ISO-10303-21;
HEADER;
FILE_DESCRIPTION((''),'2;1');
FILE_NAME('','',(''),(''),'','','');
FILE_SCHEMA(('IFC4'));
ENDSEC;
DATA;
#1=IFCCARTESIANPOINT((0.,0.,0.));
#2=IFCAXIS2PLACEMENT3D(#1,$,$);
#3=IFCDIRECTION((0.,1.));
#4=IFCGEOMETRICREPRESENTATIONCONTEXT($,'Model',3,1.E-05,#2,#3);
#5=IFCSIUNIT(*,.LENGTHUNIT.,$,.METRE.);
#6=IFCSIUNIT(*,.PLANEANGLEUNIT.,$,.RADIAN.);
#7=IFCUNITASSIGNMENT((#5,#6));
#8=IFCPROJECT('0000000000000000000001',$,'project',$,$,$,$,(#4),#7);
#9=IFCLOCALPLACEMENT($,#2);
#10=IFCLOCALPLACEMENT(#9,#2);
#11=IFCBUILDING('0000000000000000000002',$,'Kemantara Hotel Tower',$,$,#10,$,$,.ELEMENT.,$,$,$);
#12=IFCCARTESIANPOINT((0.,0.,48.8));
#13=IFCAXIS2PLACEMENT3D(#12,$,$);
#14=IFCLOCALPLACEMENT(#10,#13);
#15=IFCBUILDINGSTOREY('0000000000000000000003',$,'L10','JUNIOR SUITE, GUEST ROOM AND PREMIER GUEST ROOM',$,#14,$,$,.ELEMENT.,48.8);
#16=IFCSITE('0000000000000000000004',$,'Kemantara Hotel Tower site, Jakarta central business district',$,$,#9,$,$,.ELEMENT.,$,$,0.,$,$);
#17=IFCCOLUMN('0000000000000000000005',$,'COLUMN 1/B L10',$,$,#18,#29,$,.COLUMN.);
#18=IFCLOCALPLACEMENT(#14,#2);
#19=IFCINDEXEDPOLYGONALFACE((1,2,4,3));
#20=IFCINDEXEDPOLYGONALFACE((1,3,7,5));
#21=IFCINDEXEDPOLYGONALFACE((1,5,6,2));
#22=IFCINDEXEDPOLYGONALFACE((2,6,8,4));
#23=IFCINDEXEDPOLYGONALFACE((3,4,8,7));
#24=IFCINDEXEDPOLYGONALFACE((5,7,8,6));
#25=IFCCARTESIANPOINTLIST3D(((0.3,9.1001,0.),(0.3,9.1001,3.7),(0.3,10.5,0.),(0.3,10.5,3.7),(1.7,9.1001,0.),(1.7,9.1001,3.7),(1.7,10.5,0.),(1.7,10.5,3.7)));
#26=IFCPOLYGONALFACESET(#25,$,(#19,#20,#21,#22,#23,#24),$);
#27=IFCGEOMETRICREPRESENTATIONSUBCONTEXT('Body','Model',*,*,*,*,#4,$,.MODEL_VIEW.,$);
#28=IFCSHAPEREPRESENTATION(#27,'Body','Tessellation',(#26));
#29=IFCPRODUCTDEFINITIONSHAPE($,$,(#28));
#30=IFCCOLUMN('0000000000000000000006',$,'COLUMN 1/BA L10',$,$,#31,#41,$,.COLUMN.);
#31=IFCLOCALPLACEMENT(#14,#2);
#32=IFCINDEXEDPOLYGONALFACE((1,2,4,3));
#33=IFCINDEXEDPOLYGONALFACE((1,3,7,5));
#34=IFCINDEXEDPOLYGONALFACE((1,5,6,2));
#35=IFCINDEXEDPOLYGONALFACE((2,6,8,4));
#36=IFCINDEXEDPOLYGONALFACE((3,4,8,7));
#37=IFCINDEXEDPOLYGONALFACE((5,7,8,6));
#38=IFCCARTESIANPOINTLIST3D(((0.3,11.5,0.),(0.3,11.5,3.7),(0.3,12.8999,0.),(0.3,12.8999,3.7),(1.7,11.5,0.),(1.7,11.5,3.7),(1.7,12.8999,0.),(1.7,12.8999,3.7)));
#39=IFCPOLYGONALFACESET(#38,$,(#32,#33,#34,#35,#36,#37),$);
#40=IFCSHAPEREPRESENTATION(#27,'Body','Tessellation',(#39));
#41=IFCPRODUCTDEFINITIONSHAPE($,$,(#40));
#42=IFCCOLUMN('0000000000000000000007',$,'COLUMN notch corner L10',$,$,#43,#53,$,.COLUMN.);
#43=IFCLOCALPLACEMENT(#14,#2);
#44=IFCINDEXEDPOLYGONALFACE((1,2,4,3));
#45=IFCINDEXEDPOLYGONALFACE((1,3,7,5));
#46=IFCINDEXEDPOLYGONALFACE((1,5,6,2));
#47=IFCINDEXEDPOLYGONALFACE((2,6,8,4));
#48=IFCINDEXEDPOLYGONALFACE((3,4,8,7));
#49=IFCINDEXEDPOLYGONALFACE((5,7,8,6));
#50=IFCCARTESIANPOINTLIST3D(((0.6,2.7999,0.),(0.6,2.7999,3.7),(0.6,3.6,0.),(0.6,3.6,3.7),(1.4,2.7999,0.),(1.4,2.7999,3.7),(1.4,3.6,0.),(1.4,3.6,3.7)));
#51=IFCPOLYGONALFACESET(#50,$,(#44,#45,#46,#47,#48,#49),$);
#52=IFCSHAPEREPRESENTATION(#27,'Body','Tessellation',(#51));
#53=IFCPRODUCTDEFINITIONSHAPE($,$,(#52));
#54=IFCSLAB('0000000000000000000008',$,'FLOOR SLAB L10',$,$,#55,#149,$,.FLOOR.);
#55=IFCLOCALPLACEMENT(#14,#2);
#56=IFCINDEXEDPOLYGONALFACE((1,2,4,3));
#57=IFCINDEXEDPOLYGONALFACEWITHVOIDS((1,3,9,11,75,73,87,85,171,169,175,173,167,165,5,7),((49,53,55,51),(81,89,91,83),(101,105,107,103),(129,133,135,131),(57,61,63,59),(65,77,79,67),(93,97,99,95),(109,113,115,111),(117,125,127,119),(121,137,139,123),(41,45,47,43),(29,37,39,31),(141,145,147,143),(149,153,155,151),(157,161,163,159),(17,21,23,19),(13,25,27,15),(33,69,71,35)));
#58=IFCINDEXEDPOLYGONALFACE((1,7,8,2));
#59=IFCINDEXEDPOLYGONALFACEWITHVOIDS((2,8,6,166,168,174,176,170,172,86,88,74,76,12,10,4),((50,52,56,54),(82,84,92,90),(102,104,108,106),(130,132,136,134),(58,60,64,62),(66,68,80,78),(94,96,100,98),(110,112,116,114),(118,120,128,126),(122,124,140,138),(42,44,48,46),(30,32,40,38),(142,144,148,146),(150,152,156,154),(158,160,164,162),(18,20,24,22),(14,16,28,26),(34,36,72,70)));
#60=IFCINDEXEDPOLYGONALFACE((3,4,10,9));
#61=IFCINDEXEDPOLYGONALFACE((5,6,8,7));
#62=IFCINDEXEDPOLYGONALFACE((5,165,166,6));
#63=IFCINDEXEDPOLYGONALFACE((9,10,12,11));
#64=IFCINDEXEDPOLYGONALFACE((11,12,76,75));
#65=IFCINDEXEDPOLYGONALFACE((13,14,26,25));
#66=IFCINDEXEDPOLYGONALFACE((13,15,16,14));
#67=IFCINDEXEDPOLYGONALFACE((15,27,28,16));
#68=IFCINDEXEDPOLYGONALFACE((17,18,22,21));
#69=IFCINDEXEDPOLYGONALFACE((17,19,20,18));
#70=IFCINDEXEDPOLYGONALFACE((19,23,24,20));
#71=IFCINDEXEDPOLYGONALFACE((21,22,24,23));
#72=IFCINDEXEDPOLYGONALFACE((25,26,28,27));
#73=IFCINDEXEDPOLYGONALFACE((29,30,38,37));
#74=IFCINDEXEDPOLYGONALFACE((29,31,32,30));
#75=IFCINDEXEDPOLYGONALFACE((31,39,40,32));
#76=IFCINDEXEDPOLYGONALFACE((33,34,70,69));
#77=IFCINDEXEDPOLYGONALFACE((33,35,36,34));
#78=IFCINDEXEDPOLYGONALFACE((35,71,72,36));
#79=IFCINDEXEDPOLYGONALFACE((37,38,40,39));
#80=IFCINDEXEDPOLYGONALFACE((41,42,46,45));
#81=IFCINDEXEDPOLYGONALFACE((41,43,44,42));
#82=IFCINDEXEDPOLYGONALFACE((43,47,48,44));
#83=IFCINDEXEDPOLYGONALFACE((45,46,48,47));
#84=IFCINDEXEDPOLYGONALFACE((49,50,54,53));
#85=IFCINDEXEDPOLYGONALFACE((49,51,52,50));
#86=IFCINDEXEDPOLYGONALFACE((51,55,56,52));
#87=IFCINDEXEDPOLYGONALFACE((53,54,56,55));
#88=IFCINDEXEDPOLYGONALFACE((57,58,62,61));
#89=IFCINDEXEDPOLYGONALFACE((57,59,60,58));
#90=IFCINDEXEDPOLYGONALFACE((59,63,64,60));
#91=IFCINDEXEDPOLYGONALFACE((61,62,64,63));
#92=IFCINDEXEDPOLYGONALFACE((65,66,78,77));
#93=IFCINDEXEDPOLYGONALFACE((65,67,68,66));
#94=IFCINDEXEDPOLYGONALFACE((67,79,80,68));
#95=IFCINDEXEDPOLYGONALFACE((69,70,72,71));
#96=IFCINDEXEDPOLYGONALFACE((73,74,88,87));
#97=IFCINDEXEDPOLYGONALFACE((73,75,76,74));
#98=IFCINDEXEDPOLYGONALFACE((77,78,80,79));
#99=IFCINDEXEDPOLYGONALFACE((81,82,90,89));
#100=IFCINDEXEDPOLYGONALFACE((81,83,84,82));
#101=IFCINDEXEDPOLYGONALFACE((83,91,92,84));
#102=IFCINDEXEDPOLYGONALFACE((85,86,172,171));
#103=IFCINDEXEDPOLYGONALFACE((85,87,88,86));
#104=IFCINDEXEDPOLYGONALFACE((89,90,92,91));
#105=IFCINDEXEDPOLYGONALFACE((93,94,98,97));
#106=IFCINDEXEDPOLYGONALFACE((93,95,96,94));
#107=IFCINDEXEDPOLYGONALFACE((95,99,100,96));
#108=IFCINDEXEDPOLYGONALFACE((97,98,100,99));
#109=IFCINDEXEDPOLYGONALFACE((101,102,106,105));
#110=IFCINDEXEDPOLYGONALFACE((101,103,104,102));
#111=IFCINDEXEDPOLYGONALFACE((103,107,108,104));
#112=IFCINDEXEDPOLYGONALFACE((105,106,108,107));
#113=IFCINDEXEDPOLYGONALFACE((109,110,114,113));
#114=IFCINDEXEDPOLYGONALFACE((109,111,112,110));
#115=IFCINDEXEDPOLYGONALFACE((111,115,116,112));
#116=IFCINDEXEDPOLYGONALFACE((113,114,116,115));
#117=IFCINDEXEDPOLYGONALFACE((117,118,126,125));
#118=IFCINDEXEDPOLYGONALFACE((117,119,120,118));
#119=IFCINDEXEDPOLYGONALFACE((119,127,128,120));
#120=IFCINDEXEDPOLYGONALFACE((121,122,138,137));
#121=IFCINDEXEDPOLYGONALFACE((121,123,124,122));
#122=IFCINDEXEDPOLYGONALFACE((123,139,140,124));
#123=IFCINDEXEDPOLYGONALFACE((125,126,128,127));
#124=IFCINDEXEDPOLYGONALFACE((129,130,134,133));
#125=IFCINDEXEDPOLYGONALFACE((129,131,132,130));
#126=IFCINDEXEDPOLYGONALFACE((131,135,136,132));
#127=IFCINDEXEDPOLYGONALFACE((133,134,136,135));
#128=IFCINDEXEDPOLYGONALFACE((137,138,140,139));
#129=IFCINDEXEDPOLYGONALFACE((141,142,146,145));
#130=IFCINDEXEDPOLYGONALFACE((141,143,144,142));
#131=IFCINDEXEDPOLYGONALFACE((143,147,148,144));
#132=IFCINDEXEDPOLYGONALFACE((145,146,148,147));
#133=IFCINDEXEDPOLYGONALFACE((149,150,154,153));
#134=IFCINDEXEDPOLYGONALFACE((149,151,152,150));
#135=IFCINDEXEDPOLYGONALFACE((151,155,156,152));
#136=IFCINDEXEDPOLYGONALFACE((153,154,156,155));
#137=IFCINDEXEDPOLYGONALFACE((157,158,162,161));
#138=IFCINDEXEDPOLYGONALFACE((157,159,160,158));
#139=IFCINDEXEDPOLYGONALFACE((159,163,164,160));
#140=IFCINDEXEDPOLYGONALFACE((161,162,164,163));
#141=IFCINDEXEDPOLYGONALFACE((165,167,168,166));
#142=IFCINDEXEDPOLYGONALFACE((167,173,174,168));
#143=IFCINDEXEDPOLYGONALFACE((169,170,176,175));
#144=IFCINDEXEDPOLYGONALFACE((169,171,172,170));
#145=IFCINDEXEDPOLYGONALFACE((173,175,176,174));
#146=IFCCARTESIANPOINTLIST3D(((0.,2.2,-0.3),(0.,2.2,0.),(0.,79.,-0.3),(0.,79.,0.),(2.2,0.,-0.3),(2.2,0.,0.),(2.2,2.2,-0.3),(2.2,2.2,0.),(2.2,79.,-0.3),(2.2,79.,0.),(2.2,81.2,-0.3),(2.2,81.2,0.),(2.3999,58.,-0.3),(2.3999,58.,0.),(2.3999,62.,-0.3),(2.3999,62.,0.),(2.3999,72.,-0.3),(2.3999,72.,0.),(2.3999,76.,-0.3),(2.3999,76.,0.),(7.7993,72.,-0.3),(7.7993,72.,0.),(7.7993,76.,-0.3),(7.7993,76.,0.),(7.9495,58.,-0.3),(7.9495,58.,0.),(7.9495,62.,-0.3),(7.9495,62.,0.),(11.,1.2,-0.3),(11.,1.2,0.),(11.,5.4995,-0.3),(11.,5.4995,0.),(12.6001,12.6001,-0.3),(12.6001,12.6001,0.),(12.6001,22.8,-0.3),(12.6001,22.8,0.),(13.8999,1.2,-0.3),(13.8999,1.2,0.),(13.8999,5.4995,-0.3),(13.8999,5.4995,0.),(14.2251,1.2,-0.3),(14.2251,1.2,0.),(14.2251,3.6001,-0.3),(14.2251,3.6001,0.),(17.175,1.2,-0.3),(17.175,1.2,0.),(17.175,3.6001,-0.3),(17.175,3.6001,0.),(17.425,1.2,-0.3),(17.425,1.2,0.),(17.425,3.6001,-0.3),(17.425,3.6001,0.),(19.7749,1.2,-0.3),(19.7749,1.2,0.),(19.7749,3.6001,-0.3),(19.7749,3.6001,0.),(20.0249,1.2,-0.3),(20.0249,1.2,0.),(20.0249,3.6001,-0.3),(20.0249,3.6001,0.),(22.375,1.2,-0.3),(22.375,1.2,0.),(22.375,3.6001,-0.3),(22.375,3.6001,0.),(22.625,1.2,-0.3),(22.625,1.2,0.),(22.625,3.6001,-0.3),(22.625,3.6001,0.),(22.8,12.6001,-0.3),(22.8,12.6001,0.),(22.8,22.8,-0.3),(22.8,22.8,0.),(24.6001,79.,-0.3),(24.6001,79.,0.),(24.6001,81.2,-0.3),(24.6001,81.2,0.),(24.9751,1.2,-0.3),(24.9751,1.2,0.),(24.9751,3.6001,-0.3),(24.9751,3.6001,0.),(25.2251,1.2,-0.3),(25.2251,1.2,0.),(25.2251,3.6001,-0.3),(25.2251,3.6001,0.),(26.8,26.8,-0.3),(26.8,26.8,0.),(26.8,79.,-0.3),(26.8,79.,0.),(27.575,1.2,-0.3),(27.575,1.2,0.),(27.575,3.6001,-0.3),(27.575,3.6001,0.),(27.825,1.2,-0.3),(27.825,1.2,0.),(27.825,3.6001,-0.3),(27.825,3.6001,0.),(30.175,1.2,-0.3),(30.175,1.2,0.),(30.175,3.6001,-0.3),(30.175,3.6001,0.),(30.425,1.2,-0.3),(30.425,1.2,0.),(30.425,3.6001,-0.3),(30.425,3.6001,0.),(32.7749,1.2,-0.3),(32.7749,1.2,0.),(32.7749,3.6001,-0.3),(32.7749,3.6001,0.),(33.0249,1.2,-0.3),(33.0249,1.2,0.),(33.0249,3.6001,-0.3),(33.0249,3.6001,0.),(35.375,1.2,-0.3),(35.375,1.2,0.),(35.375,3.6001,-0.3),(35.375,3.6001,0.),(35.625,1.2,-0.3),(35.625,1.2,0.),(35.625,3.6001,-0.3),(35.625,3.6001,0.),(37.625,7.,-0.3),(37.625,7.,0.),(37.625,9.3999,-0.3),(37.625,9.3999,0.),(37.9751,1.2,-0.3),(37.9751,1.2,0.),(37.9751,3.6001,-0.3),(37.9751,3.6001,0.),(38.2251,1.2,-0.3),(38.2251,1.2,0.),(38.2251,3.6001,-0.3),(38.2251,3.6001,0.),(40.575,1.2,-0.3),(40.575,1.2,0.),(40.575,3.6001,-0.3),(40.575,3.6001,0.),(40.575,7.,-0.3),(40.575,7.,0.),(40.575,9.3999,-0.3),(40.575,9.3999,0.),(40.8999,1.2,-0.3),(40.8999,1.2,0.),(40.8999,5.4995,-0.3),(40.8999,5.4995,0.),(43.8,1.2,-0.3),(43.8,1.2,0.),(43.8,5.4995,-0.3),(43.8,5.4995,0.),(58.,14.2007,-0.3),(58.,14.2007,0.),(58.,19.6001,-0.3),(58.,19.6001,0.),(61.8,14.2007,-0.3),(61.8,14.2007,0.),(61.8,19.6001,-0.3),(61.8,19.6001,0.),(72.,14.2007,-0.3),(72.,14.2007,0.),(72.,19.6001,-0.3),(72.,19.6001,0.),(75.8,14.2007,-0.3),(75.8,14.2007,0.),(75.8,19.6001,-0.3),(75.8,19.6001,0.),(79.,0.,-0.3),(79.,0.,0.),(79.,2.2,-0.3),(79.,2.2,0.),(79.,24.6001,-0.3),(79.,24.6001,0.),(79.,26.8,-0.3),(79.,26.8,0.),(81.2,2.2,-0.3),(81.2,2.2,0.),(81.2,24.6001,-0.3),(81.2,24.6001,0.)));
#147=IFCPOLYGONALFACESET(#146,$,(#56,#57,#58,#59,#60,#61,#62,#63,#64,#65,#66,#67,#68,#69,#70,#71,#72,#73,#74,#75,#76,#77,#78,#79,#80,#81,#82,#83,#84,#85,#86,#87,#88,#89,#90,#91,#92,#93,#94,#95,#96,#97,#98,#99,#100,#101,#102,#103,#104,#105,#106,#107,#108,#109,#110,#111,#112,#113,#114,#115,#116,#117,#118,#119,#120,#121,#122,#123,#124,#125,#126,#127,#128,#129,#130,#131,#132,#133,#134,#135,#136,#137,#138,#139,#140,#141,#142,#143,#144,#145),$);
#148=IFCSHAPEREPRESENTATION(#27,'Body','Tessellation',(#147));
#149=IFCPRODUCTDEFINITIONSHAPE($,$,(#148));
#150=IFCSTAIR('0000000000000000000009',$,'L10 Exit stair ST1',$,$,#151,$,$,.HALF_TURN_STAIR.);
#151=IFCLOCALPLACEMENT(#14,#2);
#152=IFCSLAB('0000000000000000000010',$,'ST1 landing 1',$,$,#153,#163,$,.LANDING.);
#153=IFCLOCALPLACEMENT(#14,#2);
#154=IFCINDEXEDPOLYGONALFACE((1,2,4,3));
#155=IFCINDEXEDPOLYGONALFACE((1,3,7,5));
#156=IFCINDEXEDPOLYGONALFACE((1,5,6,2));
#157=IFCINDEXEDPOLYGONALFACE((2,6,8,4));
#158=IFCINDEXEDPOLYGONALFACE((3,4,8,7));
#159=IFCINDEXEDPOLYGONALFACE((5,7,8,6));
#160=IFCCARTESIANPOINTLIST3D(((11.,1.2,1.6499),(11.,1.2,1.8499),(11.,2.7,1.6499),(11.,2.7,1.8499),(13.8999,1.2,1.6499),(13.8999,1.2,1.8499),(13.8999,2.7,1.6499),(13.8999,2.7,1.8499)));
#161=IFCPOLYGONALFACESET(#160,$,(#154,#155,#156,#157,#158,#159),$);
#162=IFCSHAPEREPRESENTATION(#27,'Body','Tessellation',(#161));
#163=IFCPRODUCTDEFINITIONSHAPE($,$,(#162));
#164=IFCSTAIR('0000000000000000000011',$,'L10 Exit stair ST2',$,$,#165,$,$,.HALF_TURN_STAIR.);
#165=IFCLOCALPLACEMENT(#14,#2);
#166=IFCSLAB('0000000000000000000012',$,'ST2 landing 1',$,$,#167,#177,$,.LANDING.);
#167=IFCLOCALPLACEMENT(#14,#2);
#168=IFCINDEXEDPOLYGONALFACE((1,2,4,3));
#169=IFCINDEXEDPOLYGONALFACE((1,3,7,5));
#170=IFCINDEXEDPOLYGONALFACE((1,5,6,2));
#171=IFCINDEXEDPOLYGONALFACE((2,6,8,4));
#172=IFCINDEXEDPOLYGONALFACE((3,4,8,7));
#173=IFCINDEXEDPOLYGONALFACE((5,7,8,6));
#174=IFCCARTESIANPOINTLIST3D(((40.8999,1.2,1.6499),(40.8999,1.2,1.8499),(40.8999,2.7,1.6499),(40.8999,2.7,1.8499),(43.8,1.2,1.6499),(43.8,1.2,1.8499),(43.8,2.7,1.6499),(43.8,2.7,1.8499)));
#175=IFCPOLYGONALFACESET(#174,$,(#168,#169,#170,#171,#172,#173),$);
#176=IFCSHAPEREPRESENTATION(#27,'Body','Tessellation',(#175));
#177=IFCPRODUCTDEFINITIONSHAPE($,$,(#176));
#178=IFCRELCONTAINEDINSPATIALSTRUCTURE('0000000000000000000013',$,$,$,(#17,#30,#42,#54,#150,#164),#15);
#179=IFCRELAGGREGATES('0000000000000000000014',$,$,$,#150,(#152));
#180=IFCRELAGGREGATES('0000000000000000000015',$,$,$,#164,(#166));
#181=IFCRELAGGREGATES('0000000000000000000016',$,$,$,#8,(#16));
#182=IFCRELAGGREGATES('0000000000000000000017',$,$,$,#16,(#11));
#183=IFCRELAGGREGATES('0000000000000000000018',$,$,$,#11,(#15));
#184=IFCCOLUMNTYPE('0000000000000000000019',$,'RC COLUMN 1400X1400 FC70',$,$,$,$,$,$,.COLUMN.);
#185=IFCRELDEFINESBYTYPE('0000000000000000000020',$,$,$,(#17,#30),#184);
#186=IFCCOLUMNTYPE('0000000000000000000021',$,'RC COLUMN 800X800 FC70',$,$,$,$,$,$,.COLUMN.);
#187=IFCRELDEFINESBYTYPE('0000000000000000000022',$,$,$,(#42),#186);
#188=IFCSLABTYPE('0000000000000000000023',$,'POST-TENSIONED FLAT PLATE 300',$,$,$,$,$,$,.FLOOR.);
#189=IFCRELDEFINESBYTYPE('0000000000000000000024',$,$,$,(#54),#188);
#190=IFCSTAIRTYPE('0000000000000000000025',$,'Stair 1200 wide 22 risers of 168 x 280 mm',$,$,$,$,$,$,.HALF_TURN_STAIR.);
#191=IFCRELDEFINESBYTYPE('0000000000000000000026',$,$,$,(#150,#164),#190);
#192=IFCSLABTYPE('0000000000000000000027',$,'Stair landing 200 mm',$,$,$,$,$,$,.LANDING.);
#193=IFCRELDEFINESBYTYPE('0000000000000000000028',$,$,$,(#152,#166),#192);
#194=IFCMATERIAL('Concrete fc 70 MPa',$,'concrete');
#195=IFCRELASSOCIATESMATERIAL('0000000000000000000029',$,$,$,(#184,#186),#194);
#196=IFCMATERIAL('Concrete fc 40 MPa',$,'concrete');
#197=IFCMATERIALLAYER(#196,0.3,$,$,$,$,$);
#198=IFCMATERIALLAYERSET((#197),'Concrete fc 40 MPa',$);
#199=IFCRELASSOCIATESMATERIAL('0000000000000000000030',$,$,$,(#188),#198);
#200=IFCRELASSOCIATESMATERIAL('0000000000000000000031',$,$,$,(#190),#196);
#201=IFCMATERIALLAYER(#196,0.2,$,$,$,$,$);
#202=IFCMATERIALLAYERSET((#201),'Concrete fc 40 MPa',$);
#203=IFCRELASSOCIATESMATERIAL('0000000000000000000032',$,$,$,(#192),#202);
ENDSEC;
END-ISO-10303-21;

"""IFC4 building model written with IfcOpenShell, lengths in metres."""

from ifc_helpers import new_model, si_unit, direction, frame, origin, origin_2d, place, context, subcontext, project, spatial, polyline, rectangle, outline, extrude, material, layer, layer_set, material_profile, profile_set, type_object, element, aggregate, save


model = new_model("IFC4")

# Units and contexts
model_context = context("Model", 3, precision=1e-05, world=origin(), true_north=direction((0.0, 1.0)))
body_context = subcontext(model_context, "Body", "Model", "MODEL_VIEW")
ifc_project = project(units=[si_unit("LENGTHUNIT", "METRE"), si_unit("PLANEANGLEUNIT", "RADIAN")], contexts=[model_context])

# Site, building, storey
site_placement = place(None, origin())
site = spatial("IfcSite", under=ifc_project, at=site_placement, Name="Kemantara Hotel Tower site, Jakarta central business district", CompositionType="ELEMENT", RefElevation=0.0)
building_placement = place(site_placement, origin())
building = spatial("IfcBuilding", under=site, at=building_placement, Name="Kemantara Hotel Tower", CompositionType="ELEMENT")
storey_placement = place(building_placement, frame((0.0, 0.0, 48.8)))
storey = spatial("IfcBuildingStorey", under=building, at=storey_placement, Name="L10", Description="JUNIOR SUITE, GUEST ROOM AND PREMIER GUEST ROOM", CompositionType="ELEMENT", Elevation=48.8)

# Columns
ifc_material_1 = material(Name="Concrete fc 70 MPa", Category="concrete")
ifc_material_profile_1 = material_profile(ifc_material_1, rectangle(XDim=1.3999, YDim=1.3999, at=origin_2d()), Name="RC 1400X1400")
ifc_profile_set_1 = profile_set([ifc_material_profile_1], Name="Concrete fc 70 MPa")
column_type_1 = type_object("IfcColumnType", Name="RC COLUMN 1400X1400 FC70", PredefinedType="COLUMN", material=ifc_profile_set_1)
for number, where, z_axis, x_axis, name in (
    (1, (1.0, 9.8, 0.0), (0.0, 0.0, 1.0), (1.0, 0.0, 0.0), "COLUMN 1/B L10"),
    (2, (1.0, 12.2, 0.0), (0.0, 0.0, 1.0), (1.0, 0.0, 0.0), "COLUMN 1/BA L10"),
):
    element("IfcColumn", number, at=place(storey_placement, frame(where, z_axis=z_axis, x_axis=x_axis)), inside=storey, type_object=column_type_1, Name=name, PredefinedType="COLUMN", context=body_context, shape_type="SweptSolid", body=[
        extrude(rectangle(XDim=1.3999, YDim=1.3999, at=origin_2d()), origin(), (0.0, 0.0, 1.0), 3.7),
    ])
ifc_material_profile_2 = material_profile(ifc_material_1, rectangle(XDim=0.8, YDim=0.8, at=origin_2d()), Name="RC 800X800")
ifc_profile_set_2 = profile_set([ifc_material_profile_2], Name="Concrete fc 70 MPa")
column_type_2 = type_object("IfcColumnType", Name="RC COLUMN 800X800 FC70", PredefinedType="COLUMN", material=ifc_profile_set_2)
column_placement = place(storey_placement, frame((1.0, 3.2, 0.0), z_axis=(0.0, 0.0, 1.0), x_axis=(1.0, 0.0, 0.0)))
element("IfcColumn", 3, at=column_placement, inside=storey, type_object=column_type_2, Name="COLUMN notch corner L10", PredefinedType="COLUMN", context=body_context, shape_type="SweptSolid", body=[
    extrude(rectangle(XDim=0.8, YDim=0.8, at=origin_2d()), origin(), (0.0, 0.0, 1.0), 3.7),
])

# Slab
ifc_material_2 = material(Name="Concrete fc 40 MPa", Category="concrete")
ifc_layer_1 = layer(ifc_material_2, 0.3)
ifc_layer_set_1 = layer_set([ifc_layer_1], Name="Concrete fc 40 MPa")
slab_type_1 = type_object("IfcSlabType", Name="POST-TENSIONED FLAT PLATE 300", PredefinedType="FLOOR", material=ifc_layer_set_1)
slab_1_placement = place(storey_placement, frame((0.0, 0.0, -0.3)))
element("IfcSlab", 4, at=slab_1_placement, inside=storey, type_object=slab_type_1, Name="FLOOR SLAB L10", PredefinedType="FLOOR", context=body_context, shape_type="SweptSolid", body=[
    extrude(outline(polyline([(0.0, 2.2), (2.2, 2.2), (2.2, 0.0), (79.0, 0.0), (79.0, 2.2), (81.2, 2.2), (81.2, 24.6001), (79.0, 24.6001), (79.0, 26.8), (26.8, 26.8), (26.8, 79.0), (24.6001, 79.0), (24.6001, 81.2), (2.2, 81.2), (2.2, 79.0), (0.0, 79.0), (0.0, 2.2)]), holes=[polyline([(17.175, 1.2), (14.2251, 1.2), (14.2251, 3.6001), (17.175, 3.6001), (17.175, 1.2)]), polyline([(19.7749, 1.2), (17.425, 1.2), (17.425, 3.6001), (19.7749, 3.6001), (19.7749, 1.2)]), polyline([(22.375, 1.2), (20.0249, 1.2), (20.0249, 3.6001), (22.375, 3.6001), (22.375, 1.2)]), polyline([(24.9751, 1.2), (22.625, 1.2), (22.625, 3.6001), (24.9751, 3.6001), (24.9751, 1.2)]), polyline([(27.575, 1.2), (25.2251, 1.2), (25.2251, 3.6001), (27.575, 3.6001), (27.575, 1.2)]), polyline([(11.0, 1.2), (11.0, 5.4995), (13.8999, 5.4995), (13.8999, 1.2), (11.0, 1.2)]), polyline([(22.8, 12.6001), (12.6001, 12.6001), (12.6001, 22.8), (22.8, 22.8), (22.8, 12.6001)]), polyline([(7.9495, 62.0), (7.9495, 58.0), (2.3999, 58.0), (2.3999, 62.0), (7.9495, 62.0)]), polyline([(7.7993, 76.0), (7.7993, 72.0), (2.3999, 72.0), (2.3999, 76.0), (7.7993, 76.0)]), polyline([(30.175, 1.2), (27.825, 1.2), (27.825, 3.6001), (30.175, 3.6001), (30.175, 1.2)]), polyline([(32.7749, 1.2), (30.425, 1.2), (30.425, 3.6001), (32.7749, 3.6001), (32.7749, 1.2)]), polyline([(35.375, 1.2), (33.0249, 1.2), (33.0249, 3.6001), (35.375, 3.6001), (35.375, 1.2)]), polyline([(37.9751, 1.2), (35.625, 1.2), (35.625, 3.6001), (37.9751, 3.6001), (37.9751, 1.2)]), polyline([(40.575, 1.2), (38.2251, 1.2), (38.2251, 3.6001), (40.575, 3.6001), (40.575, 1.2)]), polyline([(40.8999, 1.2), (40.8999, 5.4995), (43.8, 5.4995), (43.8, 1.2), (40.8999, 1.2)]), polyline([(40.575, 7.0), (37.625, 7.0), (37.625, 9.3999), (40.575, 9.3999), (40.575, 7.0)]), polyline([(61.8, 14.2007), (58.0, 14.2007), (58.0, 19.6001), (61.8, 19.6001), (61.8, 14.2007)]), polyline([(75.8, 14.2007), (72.0, 14.2007), (72.0, 19.6001), (75.8, 19.6001), (75.8, 14.2007)])]), origin(), (0.0, 0.0, 1.0), 0.3),
])

# Stairs, slabs
stair_type_1 = type_object("IfcStairType", Name="Stair 1200 wide 22 risers of 168 x 280 mm", PredefinedType="HALF_TURN_STAIR", material=ifc_material_2)
stair_1_placement = place(storey_placement, origin())
stair_1 = element("IfcStair", 5, at=stair_1_placement, inside=storey, type_object=stair_type_1, Name="L10 Exit stair ST1", PredefinedType="HALF_TURN_STAIR")
ifc_layer_2 = layer(ifc_material_2, 0.2)
ifc_layer_set_2 = layer_set([ifc_layer_2], Name="Concrete fc 40 MPa")
slab_type_2 = type_object("IfcSlabType", Name="Stair landing 200 mm", PredefinedType="LANDING", material=ifc_layer_set_2)
slab_2_placement = place(storey_placement, frame((0.0, 0.0, 1.6499)))
slab_2 = element("IfcSlab", 6, at=slab_2_placement, type_object=slab_type_2, Name="ST1 landing 1", PredefinedType="LANDING", context=body_context, shape_type="SweptSolid", body=[
    extrude(outline(polyline([(11.0, 2.7), (11.0, 1.2), (13.8999, 1.2), (13.8999, 2.7), (11.0, 2.7)])), origin(), (0.0, 0.0, 1.0), 0.2),
])
aggregate(stair_1, [slab_2])
stair_2_placement = place(storey_placement, origin())
stair_2 = element("IfcStair", 7, at=stair_2_placement, inside=storey, type_object=stair_type_1, Name="L10 Exit stair ST2", PredefinedType="HALF_TURN_STAIR")
slab_3_placement = place(storey_placement, frame((0.0, 0.0, 1.6499)))
slab_3 = element("IfcSlab", 8, at=slab_3_placement, type_object=slab_type_2, Name="ST2 landing 1", PredefinedType="LANDING", context=body_context, shape_type="SweptSolid", body=[
    extrude(outline(polyline([(40.8999, 2.7), (40.8999, 1.2), (43.8, 1.2), (43.8, 2.7), (40.8999, 2.7)])), origin(), (0.0, 0.0, 1.0), 0.2),
])
aggregate(stair_2, [slab_3])

save(model, "model.ifc")
